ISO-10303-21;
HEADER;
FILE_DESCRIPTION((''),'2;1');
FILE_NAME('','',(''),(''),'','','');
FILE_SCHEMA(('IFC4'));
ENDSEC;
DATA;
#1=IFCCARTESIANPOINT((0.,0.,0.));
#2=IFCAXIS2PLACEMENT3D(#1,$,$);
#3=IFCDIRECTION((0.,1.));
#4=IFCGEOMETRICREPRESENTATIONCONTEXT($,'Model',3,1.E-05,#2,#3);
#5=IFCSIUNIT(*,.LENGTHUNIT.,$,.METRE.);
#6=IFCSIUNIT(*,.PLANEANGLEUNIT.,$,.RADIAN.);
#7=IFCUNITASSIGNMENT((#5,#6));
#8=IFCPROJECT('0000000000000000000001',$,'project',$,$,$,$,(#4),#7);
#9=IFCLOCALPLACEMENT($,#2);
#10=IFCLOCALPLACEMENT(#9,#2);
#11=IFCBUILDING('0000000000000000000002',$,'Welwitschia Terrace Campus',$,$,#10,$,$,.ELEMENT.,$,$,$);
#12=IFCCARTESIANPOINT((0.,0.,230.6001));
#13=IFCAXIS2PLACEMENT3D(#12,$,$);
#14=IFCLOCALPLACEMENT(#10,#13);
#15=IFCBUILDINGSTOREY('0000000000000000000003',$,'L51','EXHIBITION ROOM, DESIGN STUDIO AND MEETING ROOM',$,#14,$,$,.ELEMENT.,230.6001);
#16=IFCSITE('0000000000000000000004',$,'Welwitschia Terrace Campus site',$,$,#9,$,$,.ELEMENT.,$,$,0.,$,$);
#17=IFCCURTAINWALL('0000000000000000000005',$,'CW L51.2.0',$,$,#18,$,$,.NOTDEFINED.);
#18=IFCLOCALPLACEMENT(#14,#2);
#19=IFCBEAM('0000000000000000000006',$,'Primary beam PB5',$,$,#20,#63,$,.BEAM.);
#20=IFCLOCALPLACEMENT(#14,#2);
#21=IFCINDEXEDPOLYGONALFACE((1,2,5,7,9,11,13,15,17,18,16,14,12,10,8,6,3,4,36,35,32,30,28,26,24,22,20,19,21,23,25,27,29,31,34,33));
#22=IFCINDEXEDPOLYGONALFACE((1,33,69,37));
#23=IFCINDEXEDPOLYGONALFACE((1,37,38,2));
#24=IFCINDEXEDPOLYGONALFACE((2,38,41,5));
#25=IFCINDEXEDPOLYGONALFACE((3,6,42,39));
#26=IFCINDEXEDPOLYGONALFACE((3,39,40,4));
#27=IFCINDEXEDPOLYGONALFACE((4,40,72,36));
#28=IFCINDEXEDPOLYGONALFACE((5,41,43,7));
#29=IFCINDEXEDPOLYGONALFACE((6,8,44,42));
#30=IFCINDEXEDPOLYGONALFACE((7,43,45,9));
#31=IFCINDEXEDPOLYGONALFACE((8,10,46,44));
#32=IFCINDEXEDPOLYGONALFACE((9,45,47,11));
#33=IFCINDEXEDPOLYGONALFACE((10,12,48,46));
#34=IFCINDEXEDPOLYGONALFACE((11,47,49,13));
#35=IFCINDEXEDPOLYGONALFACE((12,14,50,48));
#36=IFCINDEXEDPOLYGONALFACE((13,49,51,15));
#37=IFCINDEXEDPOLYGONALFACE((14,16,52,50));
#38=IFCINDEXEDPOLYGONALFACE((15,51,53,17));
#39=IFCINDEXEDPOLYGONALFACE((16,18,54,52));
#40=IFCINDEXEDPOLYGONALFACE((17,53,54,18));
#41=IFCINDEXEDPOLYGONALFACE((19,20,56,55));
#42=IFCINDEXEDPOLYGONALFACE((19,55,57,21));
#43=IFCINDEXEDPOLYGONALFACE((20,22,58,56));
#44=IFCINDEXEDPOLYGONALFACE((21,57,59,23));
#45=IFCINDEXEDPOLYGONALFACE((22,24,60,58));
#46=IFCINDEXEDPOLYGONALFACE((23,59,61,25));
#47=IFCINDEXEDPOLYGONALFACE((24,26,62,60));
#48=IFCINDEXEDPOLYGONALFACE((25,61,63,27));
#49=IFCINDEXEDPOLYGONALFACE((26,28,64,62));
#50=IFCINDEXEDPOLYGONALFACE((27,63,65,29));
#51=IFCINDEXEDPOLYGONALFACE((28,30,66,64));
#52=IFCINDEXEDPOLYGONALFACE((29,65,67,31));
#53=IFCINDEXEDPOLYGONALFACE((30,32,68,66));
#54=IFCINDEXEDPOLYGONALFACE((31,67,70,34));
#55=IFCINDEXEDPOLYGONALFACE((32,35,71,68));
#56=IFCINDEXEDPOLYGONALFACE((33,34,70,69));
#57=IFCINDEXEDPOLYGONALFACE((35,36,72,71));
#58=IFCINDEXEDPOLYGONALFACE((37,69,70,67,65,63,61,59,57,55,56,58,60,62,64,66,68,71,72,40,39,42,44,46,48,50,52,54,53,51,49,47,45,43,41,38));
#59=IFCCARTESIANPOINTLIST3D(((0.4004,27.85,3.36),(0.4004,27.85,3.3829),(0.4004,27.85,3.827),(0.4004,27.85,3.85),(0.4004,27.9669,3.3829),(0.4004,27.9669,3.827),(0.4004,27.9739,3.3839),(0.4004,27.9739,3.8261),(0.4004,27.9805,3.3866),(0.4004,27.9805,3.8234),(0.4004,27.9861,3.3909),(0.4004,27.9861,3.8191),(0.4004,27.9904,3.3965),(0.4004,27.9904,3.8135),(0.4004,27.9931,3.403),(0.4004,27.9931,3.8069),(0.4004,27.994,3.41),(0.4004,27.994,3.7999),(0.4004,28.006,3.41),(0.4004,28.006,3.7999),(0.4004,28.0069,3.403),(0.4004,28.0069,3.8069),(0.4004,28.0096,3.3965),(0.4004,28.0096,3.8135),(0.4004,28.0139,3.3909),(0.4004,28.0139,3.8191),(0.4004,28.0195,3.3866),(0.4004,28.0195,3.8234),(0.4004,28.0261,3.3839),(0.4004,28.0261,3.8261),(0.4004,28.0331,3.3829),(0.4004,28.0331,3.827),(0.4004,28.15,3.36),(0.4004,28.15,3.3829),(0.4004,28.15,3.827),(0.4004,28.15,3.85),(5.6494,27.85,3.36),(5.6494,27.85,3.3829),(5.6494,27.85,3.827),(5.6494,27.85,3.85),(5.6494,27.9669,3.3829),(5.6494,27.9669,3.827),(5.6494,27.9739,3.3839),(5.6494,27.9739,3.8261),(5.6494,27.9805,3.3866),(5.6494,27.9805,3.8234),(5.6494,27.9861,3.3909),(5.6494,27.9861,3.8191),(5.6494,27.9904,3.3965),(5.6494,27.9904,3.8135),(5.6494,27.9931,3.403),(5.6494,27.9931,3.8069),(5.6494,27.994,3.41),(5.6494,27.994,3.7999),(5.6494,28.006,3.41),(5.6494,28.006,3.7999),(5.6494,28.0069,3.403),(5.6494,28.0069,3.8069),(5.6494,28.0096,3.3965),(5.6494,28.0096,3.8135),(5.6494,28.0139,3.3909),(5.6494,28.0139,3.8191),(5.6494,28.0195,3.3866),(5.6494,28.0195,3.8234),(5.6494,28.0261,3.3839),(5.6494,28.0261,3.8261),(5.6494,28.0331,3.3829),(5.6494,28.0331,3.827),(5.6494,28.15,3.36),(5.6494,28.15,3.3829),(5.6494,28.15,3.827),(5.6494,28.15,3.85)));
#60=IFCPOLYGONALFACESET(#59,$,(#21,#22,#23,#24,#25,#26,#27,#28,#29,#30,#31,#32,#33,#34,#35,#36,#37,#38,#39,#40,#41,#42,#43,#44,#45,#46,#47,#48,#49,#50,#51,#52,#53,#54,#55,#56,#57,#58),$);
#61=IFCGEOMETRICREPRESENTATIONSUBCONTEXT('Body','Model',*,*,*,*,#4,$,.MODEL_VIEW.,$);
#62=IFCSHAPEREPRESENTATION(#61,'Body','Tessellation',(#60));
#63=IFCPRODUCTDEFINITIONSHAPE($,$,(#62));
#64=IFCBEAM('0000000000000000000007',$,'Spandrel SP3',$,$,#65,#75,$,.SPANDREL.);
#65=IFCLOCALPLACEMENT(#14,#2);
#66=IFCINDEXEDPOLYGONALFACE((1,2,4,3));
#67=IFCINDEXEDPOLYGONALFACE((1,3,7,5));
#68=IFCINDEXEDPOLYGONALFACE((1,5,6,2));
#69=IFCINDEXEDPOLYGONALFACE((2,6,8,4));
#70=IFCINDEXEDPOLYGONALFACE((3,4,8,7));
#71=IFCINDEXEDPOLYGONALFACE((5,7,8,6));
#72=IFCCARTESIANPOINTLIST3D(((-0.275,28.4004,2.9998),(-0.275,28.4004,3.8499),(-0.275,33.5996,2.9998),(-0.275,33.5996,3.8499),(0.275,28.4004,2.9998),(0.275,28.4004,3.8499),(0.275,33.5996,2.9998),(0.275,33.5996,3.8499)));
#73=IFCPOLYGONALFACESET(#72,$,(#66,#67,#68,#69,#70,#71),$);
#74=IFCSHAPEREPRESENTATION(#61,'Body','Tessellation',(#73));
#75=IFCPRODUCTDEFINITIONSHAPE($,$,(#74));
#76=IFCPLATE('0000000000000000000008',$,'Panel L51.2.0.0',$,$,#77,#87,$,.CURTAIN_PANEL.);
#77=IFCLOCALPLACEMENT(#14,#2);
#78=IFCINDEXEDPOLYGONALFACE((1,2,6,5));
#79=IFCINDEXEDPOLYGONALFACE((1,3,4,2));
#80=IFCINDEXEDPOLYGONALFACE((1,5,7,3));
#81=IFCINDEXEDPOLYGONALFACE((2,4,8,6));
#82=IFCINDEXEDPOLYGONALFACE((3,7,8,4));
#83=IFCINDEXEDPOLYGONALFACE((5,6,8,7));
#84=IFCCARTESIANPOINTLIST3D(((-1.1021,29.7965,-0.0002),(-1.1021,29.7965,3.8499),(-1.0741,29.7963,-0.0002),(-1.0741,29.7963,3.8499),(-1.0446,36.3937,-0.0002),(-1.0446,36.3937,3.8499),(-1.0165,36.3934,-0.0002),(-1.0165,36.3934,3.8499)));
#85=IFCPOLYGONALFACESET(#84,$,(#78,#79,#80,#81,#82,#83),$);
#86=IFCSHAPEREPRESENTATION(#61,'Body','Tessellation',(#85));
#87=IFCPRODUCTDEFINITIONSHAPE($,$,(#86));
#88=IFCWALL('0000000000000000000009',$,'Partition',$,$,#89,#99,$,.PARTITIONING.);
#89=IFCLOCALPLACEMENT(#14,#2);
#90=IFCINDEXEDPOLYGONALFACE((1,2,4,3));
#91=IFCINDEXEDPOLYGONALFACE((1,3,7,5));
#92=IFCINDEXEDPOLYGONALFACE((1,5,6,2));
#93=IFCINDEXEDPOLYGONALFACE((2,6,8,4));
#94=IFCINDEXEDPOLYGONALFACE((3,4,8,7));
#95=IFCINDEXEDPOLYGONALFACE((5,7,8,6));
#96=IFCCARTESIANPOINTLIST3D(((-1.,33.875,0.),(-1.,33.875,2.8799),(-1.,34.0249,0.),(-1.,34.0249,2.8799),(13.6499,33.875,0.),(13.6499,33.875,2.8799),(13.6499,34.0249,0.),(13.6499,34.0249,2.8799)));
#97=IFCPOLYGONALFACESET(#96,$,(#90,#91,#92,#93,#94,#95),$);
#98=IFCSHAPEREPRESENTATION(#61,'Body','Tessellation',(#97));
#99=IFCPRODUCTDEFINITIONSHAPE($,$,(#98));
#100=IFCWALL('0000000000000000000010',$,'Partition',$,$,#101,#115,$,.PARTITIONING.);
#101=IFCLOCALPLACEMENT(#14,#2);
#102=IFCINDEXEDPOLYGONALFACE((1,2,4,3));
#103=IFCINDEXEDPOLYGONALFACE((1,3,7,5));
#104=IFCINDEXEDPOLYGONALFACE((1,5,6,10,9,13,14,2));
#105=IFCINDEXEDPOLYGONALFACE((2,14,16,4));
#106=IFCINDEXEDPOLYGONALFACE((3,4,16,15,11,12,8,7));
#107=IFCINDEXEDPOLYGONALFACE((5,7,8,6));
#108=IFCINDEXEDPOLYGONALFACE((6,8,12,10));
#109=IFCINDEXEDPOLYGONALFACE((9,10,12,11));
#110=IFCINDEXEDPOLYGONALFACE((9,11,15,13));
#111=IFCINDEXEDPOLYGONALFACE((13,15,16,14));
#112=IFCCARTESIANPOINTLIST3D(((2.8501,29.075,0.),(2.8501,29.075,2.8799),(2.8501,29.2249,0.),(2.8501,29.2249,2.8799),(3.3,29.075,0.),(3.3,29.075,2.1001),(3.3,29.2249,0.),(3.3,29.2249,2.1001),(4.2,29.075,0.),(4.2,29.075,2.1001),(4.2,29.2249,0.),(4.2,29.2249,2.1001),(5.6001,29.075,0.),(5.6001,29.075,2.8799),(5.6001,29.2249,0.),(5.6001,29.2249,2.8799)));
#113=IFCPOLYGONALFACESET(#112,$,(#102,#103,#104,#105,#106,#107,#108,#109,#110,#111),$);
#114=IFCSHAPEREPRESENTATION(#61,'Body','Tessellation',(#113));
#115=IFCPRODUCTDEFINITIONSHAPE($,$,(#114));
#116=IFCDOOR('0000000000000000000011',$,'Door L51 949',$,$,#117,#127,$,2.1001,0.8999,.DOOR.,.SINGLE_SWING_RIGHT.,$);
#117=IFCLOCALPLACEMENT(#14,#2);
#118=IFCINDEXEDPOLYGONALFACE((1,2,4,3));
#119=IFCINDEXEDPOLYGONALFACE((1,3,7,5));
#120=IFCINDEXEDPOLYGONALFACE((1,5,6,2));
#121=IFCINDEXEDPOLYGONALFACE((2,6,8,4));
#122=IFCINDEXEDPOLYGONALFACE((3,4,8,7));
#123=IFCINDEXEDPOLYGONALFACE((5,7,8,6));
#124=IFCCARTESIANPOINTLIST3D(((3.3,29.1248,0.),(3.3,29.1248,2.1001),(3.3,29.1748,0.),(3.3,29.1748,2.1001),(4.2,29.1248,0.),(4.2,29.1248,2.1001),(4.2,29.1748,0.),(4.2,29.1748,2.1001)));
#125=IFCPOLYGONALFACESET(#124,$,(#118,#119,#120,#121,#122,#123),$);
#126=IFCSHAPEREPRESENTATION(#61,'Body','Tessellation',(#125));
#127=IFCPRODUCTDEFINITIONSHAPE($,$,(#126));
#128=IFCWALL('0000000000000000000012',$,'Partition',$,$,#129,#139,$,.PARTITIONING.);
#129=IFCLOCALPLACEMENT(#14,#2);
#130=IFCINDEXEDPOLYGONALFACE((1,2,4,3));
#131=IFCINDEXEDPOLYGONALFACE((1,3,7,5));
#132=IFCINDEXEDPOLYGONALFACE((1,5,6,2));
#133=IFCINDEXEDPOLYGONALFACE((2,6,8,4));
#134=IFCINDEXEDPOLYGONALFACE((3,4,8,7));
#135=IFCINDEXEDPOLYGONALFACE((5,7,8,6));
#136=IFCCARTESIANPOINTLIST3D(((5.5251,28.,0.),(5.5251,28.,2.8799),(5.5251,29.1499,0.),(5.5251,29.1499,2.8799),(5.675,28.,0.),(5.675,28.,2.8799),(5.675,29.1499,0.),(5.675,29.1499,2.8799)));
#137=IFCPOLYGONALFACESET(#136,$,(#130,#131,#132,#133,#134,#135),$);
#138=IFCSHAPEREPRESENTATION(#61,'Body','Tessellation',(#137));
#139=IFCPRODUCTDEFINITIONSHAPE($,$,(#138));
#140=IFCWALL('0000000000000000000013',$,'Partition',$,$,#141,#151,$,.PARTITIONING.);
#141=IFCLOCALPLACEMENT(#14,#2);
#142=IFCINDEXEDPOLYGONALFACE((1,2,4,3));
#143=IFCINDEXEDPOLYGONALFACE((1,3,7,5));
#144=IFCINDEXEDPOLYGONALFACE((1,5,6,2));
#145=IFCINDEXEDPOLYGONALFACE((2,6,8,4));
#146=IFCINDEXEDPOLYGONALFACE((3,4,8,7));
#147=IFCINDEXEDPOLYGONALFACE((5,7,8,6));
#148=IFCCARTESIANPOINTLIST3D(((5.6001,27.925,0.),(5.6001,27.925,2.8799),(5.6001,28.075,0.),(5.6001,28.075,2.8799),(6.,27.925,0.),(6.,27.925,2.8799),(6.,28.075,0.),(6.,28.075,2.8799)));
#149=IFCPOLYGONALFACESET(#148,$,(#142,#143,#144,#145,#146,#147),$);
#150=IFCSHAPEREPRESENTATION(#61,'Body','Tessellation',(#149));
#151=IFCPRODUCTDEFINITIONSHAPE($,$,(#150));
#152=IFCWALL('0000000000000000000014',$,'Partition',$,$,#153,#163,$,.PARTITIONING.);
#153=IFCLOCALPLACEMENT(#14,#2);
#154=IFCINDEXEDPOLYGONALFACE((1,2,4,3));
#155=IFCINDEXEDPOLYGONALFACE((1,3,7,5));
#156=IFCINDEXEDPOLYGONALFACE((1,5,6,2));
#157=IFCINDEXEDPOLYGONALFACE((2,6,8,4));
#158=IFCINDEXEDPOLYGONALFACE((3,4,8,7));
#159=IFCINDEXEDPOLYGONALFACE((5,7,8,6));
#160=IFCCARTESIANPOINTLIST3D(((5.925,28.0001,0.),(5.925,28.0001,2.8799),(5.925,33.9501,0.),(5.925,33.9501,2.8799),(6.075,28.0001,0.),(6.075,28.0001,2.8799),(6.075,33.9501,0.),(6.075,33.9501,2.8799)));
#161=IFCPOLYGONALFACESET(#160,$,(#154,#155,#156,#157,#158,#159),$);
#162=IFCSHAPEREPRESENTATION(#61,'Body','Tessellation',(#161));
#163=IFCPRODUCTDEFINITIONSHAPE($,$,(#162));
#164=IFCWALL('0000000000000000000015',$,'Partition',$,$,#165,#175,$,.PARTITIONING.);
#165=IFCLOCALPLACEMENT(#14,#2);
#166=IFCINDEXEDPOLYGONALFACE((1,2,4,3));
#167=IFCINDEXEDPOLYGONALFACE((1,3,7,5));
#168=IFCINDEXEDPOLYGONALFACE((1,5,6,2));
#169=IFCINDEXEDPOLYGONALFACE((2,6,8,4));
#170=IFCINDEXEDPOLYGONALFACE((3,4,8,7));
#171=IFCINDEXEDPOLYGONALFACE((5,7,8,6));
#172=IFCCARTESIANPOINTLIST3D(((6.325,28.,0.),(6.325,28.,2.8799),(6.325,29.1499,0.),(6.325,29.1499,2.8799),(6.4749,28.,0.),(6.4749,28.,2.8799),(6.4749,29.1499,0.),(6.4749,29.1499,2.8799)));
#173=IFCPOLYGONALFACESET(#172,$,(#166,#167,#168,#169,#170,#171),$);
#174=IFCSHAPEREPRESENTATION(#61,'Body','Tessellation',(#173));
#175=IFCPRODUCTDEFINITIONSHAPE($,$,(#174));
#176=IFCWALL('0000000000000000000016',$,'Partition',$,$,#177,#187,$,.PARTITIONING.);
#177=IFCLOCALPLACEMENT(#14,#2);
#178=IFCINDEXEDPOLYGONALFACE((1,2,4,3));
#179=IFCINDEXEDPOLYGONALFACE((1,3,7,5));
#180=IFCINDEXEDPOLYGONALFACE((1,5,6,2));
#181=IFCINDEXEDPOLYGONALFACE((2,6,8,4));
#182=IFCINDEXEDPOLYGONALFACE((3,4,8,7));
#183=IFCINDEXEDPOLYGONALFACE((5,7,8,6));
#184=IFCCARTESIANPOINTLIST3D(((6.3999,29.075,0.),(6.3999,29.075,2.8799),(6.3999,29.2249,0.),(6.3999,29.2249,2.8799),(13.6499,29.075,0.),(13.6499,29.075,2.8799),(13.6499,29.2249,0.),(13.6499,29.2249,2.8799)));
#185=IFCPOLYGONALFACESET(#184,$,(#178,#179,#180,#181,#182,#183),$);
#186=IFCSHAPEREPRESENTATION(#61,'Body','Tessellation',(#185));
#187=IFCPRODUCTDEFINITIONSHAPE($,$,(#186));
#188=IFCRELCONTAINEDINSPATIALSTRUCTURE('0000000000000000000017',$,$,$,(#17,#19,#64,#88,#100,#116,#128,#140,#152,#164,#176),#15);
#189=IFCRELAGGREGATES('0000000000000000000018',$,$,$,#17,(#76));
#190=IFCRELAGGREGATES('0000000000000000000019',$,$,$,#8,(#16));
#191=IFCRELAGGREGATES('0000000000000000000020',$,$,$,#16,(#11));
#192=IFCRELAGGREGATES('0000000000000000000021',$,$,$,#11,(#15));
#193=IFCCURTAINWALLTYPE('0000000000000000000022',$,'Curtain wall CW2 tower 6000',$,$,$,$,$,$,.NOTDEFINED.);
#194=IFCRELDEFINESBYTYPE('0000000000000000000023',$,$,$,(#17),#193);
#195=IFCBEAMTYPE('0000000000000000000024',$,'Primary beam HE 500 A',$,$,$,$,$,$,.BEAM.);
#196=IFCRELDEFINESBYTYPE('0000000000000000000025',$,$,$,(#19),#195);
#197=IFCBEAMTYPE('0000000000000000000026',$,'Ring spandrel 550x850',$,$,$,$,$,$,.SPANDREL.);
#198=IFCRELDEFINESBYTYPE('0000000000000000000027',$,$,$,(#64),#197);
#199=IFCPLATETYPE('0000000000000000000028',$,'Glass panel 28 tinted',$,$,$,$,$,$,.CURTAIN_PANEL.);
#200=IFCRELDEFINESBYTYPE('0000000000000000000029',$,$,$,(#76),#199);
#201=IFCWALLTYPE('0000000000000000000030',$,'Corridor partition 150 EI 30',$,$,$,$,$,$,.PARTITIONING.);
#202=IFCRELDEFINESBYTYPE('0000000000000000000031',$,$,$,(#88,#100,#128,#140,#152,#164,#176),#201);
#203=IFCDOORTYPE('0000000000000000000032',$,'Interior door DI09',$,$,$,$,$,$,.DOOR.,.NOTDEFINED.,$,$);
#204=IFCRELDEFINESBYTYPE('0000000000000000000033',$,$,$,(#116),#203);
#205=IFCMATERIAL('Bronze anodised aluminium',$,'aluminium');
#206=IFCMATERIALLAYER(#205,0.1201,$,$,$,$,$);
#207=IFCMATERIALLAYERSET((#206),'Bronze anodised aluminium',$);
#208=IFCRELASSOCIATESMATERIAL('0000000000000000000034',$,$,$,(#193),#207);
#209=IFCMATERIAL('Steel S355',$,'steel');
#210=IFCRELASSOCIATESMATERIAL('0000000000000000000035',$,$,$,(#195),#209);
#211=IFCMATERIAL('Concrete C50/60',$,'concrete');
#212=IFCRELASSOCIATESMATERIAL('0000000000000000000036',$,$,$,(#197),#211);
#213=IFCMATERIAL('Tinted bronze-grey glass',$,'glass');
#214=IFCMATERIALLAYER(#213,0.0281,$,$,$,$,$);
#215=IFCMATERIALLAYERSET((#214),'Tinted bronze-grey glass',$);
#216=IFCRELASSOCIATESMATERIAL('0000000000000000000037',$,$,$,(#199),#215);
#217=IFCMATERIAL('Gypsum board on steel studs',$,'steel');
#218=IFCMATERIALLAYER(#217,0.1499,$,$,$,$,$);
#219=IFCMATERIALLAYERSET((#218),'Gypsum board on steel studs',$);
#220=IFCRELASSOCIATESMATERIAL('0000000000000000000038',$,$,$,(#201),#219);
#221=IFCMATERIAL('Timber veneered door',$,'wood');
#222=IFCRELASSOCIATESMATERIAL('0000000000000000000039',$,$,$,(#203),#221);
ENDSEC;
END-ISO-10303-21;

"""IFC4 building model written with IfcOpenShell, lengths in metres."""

from ifc_helpers import new_model, si_unit, direction, frame, frame_2d, origin, origin_2d, place, context, subcontext, project, spatial, rectangle, i_section, extrude, material, layer, layer_set, material_profile, profile_set, type_object, element, fill, aggregate, save


model = new_model("IFC4")

# Units and contexts
model_context = context("Model", 3, precision=1e-05, world=origin(), true_north=direction((0.0, 1.0)))
body_context = subcontext(model_context, "Body", "Model", "MODEL_VIEW")
ifc_project = project(units=[si_unit("LENGTHUNIT", "METRE"), si_unit("PLANEANGLEUNIT", "RADIAN")], contexts=[model_context])

# Site, building, storey
site_placement = place(None, origin())
site = spatial("IfcSite", under=ifc_project, at=site_placement, Name="Welwitschia Terrace Campus site", CompositionType="ELEMENT", RefElevation=0.0)
building_placement = place(site_placement, origin())
building = spatial("IfcBuilding", under=site, at=building_placement, Name="Welwitschia Terrace Campus", CompositionType="ELEMENT")
storey_placement = place(building_placement, frame((0.0, 0.0, 230.6001)))
storey = spatial("IfcBuildingStorey", under=building, at=storey_placement, Name="L51", Description="EXHIBITION ROOM, DESIGN STUDIO AND MEETING ROOM", CompositionType="ELEMENT", Elevation=230.6001)

# Curtain wall
ifc_material_1 = material(Name="Bronze anodised aluminium", Category="aluminium")
ifc_layer_1 = layer(ifc_material_1, 0.1201)
ifc_layer_set_1 = layer_set([ifc_layer_1], Name="Bronze anodised aluminium")
curtain_wall_type = type_object("IfcCurtainWallType", Name="Curtain wall CW2 tower 6000", PredefinedType="NOTDEFINED", material=ifc_layer_set_1)
curtain_wall_placement = place(storey_placement, origin())
curtain_wall = element("IfcCurtainWall", 1, at=curtain_wall_placement, inside=storey, type_object=curtain_wall_type, Name="CW L51.2.0", PredefinedType="NOTDEFINED")

# Beams
ifc_material_2 = material(Name="Steel S355", Category="steel")
ifc_material_profile_1 = material_profile(ifc_material_2, i_section(OverallWidth=0.3, OverallDepth=0.49, WebThickness=0.012, FlangeThickness=0.0229, FilletRadius=0.0271, at=origin_2d()))
ifc_profile_set_1 = profile_set([ifc_material_profile_1], Name="Steel S355")
beam_type_1 = type_object("IfcBeamType", Name="Primary beam HE 500 A", PredefinedType="BEAM", material=ifc_profile_set_1)
beam_1_placement = place(storey_placement, frame((0.4004, 28.0, 3.605), z_axis=(1.0, 0.0, 0.0), x_axis=(0.0, 1.0, 0.0)))
element("IfcBeam", 2, at=beam_1_placement, inside=storey, type_object=beam_type_1, Name="Primary beam PB5", PredefinedType="BEAM", context=body_context, shape_type="SweptSolid", body=[
    extrude(i_section(OverallWidth=0.3, OverallDepth=0.49, WebThickness=0.012, FlangeThickness=0.0229, FilletRadius=0.0271, at=origin_2d()), origin(), (0.0, 0.0, 1.0), 5.249),
])
ifc_material_3 = material(Name="Concrete C50/60", Category="concrete")
ifc_material_profile_2 = material_profile(ifc_material_3, rectangle(XDim=0.55, YDim=0.8501, at=origin_2d()))
ifc_profile_set_2 = profile_set([ifc_material_profile_2], Name="Concrete C50/60")
beam_type_2 = type_object("IfcBeamType", Name="Ring spandrel 550x850", PredefinedType="SPANDREL", material=ifc_profile_set_2)
beam_2_placement = place(storey_placement, frame((0.0, 33.5996, 3.4248), z_axis=(0.0, -1.0, 0.0), x_axis=(1.0, 0.0, 0.0)))
element("IfcBeam", 3, at=beam_2_placement, inside=storey, type_object=beam_type_2, Name="Spandrel SP3", PredefinedType="SPANDREL", context=body_context, shape_type="SweptSolid", body=[
    extrude(rectangle(XDim=0.55, YDim=0.8501, at=origin_2d()), origin(), (0.0, 0.0, 1.0), 5.1992),
])

# Plate
ifc_material_4 = material(Name="Tinted bronze-grey glass", Category="glass")
ifc_layer_2 = layer(ifc_material_4, 0.0281)
ifc_layer_set_2 = layer_set([ifc_layer_2], Name="Tinted bronze-grey glass")
plate_type = type_object("IfcPlateType", Name="Glass panel 28 tinted", PredefinedType="CURTAIN_PANEL", material=ifc_layer_set_2)
plate_placement = place(storey_placement, frame((-1.0593, 33.095, -0.0002), z_axis=(0.0, 0.0, 1.0), x_axis=(-0.008727, -0.999962, 0.0)))
plate = element("IfcPlate", 4, at=plate_placement, type_object=plate_type, Name="Panel L51.2.0.0", PredefinedType="CURTAIN_PANEL", context=body_context, shape_type="SweptSolid", body=[
    extrude(rectangle(XDim=6.5974, YDim=0.0281, at=origin_2d()), origin(), (0.0, 0.0, 1.0), 3.8501),
])
aggregate(curtain_wall, [plate])

# Wall
ifc_material_5 = material(Name="Gypsum board on steel studs", Category="steel")
ifc_layer_3 = layer(ifc_material_5, 0.1499)
ifc_layer_set_3 = layer_set([ifc_layer_3], Name="Gypsum board on steel studs")
wall_type = type_object("IfcWallType", Name="Corridor partition 150 EI 30", PredefinedType="PARTITIONING", material=ifc_layer_set_3)
wall_1_placement = place(storey_placement, frame((-1.0, 33.95, 0.0), z_axis=(0.0, 0.0, 1.0), x_axis=(1.0, 0.0, 0.0)))
element("IfcWall", 5, at=wall_1_placement, inside=storey, type_object=wall_type, Name="Partition", PredefinedType="PARTITIONING", context=body_context, shape_type="SweptSolid", body=[
    extrude(rectangle(XDim=14.6499, YDim=0.1499, at=frame_2d((7.325, 0.0))), origin(), (0.0, 0.0, 1.0), 2.8799),
])

# Wall, opening, door
wall_2_placement = place(storey_placement, frame((2.8501, 29.1499, 0.0), z_axis=(0.0, 0.0, 1.0), x_axis=(1.0, 0.0, 0.0)))
wall_2 = element("IfcWall", 6, at=wall_2_placement, inside=storey, type_object=wall_type, Name="Partition", PredefinedType="PARTITIONING", context=body_context, shape_type="SweptSolid", body=[
    extrude(rectangle(XDim=2.75, YDim=0.1499, at=frame_2d((1.375, 0.0))), origin(), (0.0, 0.0, 1.0), 2.8799),
])
opening_1_placement = place(wall_2_placement, frame((0.45, 0.0, 0.0)))
opening_1 = element("IfcOpeningElement", 7, at=opening_1_placement, cuts=wall_2, PredefinedType="OPENING", context=body_context, shape_type="SweptSolid", body=[
    extrude(rectangle(XDim=0.8999, YDim=2.1001, at=frame_2d((0.45, 1.05))), frame((0.0, 0.085, 0.0), z_axis=(0.0, -1.0, 0.0), x_axis=(1.0, 0.0, 0.0)), (0.0, 0.0, 1.0), 0.1699),
])
ifc_material_6 = material(Name="Timber veneered door", Category="wood")
door_type = type_object("IfcDoorType", Name="Interior door DI09", OperationType="NOTDEFINED", PredefinedType="DOOR", material=ifc_material_6)
door_1_placement = place(opening_1_placement, origin())
door_1 = element("IfcDoor", 8, at=door_1_placement, inside=storey, type_object=door_type, Name="Door L51 949", OperationType="SINGLE_SWING_RIGHT", OverallHeight=2.1001, OverallWidth=0.8999, PredefinedType="DOOR", context=body_context, shape_type="SweptSolid", body=[
    extrude(rectangle(XDim=0.8999, YDim=2.1001, at=frame_2d((0.45, 1.05))), frame((0.0, 0.0249, 0.0), z_axis=(0.0, -1.0, 0.0), x_axis=(1.0, 0.0, 0.0)), (0.0, 0.0, 1.0), 0.05),
])
fill(opening_1, door_1)

# Walls
wall_3_placement = place(storey_placement, frame((5.6001, 28.0, 0.0), z_axis=(0.0, 0.0, 1.0), x_axis=(0.0, 1.0, 0.0)))
element("IfcWall", 9, at=wall_3_placement, inside=storey, type_object=wall_type, Name="Partition", PredefinedType="PARTITIONING", context=body_context, shape_type="SweptSolid", body=[
    extrude(rectangle(XDim=1.1499, YDim=0.1499, at=frame_2d((0.575, 0.0))), origin(), (0.0, 0.0, 1.0), 2.8799),
])
wall_4_placement = place(storey_placement, frame((5.6001, 28.0, 0.0), z_axis=(0.0, 0.0, 1.0), x_axis=(1.0, 0.0, 0.0)))
element("IfcWall", 10, at=wall_4_placement, inside=storey, type_object=wall_type, Name="Partition", PredefinedType="PARTITIONING", context=body_context, shape_type="SweptSolid", body=[
    extrude(rectangle(XDim=0.3999, YDim=0.1499, at=frame_2d((0.2, 0.0))), origin(), (0.0, 0.0, 1.0), 2.8799),
])
wall_5_placement = place(storey_placement, frame((6.0, 28.0, 0.0), z_axis=(0.0, 0.0, 1.0), x_axis=(0.0, 1.0, 0.0)))
element("IfcWall", 11, at=wall_5_placement, inside=storey, type_object=wall_type, Name="Partition", PredefinedType="PARTITIONING", context=body_context, shape_type="SweptSolid", body=[
    extrude(rectangle(XDim=5.95, YDim=0.1499, at=frame_2d((2.9751, 0.0))), origin(), (0.0, 0.0, 1.0), 2.8799),
])
wall_6_placement = place(storey_placement, frame((6.3999, 28.0, 0.0), z_axis=(0.0, 0.0, 1.0), x_axis=(0.0, 1.0, 0.0)))
element("IfcWall", 12, at=wall_6_placement, inside=storey, type_object=wall_type, Name="Partition", PredefinedType="PARTITIONING", context=body_context, shape_type="SweptSolid", body=[
    extrude(rectangle(XDim=1.1499, YDim=0.1499, at=frame_2d((0.575, 0.0))), origin(), (0.0, 0.0, 1.0), 2.8799),
])
wall_7_placement = place(storey_placement, frame((6.3999, 29.1499, 0.0), z_axis=(0.0, 0.0, 1.0), x_axis=(1.0, 0.0, 0.0)))
element("IfcWall", 13, at=wall_7_placement, inside=storey, type_object=wall_type, Name="Partition", PredefinedType="PARTITIONING", context=body_context, shape_type="SweptSolid", body=[
    extrude(rectangle(XDim=7.25, YDim=0.1499, at=frame_2d((3.625, 0.0))), origin(), (0.0, 0.0, 1.0), 2.8799),
])

save(model, "model.ifc")
